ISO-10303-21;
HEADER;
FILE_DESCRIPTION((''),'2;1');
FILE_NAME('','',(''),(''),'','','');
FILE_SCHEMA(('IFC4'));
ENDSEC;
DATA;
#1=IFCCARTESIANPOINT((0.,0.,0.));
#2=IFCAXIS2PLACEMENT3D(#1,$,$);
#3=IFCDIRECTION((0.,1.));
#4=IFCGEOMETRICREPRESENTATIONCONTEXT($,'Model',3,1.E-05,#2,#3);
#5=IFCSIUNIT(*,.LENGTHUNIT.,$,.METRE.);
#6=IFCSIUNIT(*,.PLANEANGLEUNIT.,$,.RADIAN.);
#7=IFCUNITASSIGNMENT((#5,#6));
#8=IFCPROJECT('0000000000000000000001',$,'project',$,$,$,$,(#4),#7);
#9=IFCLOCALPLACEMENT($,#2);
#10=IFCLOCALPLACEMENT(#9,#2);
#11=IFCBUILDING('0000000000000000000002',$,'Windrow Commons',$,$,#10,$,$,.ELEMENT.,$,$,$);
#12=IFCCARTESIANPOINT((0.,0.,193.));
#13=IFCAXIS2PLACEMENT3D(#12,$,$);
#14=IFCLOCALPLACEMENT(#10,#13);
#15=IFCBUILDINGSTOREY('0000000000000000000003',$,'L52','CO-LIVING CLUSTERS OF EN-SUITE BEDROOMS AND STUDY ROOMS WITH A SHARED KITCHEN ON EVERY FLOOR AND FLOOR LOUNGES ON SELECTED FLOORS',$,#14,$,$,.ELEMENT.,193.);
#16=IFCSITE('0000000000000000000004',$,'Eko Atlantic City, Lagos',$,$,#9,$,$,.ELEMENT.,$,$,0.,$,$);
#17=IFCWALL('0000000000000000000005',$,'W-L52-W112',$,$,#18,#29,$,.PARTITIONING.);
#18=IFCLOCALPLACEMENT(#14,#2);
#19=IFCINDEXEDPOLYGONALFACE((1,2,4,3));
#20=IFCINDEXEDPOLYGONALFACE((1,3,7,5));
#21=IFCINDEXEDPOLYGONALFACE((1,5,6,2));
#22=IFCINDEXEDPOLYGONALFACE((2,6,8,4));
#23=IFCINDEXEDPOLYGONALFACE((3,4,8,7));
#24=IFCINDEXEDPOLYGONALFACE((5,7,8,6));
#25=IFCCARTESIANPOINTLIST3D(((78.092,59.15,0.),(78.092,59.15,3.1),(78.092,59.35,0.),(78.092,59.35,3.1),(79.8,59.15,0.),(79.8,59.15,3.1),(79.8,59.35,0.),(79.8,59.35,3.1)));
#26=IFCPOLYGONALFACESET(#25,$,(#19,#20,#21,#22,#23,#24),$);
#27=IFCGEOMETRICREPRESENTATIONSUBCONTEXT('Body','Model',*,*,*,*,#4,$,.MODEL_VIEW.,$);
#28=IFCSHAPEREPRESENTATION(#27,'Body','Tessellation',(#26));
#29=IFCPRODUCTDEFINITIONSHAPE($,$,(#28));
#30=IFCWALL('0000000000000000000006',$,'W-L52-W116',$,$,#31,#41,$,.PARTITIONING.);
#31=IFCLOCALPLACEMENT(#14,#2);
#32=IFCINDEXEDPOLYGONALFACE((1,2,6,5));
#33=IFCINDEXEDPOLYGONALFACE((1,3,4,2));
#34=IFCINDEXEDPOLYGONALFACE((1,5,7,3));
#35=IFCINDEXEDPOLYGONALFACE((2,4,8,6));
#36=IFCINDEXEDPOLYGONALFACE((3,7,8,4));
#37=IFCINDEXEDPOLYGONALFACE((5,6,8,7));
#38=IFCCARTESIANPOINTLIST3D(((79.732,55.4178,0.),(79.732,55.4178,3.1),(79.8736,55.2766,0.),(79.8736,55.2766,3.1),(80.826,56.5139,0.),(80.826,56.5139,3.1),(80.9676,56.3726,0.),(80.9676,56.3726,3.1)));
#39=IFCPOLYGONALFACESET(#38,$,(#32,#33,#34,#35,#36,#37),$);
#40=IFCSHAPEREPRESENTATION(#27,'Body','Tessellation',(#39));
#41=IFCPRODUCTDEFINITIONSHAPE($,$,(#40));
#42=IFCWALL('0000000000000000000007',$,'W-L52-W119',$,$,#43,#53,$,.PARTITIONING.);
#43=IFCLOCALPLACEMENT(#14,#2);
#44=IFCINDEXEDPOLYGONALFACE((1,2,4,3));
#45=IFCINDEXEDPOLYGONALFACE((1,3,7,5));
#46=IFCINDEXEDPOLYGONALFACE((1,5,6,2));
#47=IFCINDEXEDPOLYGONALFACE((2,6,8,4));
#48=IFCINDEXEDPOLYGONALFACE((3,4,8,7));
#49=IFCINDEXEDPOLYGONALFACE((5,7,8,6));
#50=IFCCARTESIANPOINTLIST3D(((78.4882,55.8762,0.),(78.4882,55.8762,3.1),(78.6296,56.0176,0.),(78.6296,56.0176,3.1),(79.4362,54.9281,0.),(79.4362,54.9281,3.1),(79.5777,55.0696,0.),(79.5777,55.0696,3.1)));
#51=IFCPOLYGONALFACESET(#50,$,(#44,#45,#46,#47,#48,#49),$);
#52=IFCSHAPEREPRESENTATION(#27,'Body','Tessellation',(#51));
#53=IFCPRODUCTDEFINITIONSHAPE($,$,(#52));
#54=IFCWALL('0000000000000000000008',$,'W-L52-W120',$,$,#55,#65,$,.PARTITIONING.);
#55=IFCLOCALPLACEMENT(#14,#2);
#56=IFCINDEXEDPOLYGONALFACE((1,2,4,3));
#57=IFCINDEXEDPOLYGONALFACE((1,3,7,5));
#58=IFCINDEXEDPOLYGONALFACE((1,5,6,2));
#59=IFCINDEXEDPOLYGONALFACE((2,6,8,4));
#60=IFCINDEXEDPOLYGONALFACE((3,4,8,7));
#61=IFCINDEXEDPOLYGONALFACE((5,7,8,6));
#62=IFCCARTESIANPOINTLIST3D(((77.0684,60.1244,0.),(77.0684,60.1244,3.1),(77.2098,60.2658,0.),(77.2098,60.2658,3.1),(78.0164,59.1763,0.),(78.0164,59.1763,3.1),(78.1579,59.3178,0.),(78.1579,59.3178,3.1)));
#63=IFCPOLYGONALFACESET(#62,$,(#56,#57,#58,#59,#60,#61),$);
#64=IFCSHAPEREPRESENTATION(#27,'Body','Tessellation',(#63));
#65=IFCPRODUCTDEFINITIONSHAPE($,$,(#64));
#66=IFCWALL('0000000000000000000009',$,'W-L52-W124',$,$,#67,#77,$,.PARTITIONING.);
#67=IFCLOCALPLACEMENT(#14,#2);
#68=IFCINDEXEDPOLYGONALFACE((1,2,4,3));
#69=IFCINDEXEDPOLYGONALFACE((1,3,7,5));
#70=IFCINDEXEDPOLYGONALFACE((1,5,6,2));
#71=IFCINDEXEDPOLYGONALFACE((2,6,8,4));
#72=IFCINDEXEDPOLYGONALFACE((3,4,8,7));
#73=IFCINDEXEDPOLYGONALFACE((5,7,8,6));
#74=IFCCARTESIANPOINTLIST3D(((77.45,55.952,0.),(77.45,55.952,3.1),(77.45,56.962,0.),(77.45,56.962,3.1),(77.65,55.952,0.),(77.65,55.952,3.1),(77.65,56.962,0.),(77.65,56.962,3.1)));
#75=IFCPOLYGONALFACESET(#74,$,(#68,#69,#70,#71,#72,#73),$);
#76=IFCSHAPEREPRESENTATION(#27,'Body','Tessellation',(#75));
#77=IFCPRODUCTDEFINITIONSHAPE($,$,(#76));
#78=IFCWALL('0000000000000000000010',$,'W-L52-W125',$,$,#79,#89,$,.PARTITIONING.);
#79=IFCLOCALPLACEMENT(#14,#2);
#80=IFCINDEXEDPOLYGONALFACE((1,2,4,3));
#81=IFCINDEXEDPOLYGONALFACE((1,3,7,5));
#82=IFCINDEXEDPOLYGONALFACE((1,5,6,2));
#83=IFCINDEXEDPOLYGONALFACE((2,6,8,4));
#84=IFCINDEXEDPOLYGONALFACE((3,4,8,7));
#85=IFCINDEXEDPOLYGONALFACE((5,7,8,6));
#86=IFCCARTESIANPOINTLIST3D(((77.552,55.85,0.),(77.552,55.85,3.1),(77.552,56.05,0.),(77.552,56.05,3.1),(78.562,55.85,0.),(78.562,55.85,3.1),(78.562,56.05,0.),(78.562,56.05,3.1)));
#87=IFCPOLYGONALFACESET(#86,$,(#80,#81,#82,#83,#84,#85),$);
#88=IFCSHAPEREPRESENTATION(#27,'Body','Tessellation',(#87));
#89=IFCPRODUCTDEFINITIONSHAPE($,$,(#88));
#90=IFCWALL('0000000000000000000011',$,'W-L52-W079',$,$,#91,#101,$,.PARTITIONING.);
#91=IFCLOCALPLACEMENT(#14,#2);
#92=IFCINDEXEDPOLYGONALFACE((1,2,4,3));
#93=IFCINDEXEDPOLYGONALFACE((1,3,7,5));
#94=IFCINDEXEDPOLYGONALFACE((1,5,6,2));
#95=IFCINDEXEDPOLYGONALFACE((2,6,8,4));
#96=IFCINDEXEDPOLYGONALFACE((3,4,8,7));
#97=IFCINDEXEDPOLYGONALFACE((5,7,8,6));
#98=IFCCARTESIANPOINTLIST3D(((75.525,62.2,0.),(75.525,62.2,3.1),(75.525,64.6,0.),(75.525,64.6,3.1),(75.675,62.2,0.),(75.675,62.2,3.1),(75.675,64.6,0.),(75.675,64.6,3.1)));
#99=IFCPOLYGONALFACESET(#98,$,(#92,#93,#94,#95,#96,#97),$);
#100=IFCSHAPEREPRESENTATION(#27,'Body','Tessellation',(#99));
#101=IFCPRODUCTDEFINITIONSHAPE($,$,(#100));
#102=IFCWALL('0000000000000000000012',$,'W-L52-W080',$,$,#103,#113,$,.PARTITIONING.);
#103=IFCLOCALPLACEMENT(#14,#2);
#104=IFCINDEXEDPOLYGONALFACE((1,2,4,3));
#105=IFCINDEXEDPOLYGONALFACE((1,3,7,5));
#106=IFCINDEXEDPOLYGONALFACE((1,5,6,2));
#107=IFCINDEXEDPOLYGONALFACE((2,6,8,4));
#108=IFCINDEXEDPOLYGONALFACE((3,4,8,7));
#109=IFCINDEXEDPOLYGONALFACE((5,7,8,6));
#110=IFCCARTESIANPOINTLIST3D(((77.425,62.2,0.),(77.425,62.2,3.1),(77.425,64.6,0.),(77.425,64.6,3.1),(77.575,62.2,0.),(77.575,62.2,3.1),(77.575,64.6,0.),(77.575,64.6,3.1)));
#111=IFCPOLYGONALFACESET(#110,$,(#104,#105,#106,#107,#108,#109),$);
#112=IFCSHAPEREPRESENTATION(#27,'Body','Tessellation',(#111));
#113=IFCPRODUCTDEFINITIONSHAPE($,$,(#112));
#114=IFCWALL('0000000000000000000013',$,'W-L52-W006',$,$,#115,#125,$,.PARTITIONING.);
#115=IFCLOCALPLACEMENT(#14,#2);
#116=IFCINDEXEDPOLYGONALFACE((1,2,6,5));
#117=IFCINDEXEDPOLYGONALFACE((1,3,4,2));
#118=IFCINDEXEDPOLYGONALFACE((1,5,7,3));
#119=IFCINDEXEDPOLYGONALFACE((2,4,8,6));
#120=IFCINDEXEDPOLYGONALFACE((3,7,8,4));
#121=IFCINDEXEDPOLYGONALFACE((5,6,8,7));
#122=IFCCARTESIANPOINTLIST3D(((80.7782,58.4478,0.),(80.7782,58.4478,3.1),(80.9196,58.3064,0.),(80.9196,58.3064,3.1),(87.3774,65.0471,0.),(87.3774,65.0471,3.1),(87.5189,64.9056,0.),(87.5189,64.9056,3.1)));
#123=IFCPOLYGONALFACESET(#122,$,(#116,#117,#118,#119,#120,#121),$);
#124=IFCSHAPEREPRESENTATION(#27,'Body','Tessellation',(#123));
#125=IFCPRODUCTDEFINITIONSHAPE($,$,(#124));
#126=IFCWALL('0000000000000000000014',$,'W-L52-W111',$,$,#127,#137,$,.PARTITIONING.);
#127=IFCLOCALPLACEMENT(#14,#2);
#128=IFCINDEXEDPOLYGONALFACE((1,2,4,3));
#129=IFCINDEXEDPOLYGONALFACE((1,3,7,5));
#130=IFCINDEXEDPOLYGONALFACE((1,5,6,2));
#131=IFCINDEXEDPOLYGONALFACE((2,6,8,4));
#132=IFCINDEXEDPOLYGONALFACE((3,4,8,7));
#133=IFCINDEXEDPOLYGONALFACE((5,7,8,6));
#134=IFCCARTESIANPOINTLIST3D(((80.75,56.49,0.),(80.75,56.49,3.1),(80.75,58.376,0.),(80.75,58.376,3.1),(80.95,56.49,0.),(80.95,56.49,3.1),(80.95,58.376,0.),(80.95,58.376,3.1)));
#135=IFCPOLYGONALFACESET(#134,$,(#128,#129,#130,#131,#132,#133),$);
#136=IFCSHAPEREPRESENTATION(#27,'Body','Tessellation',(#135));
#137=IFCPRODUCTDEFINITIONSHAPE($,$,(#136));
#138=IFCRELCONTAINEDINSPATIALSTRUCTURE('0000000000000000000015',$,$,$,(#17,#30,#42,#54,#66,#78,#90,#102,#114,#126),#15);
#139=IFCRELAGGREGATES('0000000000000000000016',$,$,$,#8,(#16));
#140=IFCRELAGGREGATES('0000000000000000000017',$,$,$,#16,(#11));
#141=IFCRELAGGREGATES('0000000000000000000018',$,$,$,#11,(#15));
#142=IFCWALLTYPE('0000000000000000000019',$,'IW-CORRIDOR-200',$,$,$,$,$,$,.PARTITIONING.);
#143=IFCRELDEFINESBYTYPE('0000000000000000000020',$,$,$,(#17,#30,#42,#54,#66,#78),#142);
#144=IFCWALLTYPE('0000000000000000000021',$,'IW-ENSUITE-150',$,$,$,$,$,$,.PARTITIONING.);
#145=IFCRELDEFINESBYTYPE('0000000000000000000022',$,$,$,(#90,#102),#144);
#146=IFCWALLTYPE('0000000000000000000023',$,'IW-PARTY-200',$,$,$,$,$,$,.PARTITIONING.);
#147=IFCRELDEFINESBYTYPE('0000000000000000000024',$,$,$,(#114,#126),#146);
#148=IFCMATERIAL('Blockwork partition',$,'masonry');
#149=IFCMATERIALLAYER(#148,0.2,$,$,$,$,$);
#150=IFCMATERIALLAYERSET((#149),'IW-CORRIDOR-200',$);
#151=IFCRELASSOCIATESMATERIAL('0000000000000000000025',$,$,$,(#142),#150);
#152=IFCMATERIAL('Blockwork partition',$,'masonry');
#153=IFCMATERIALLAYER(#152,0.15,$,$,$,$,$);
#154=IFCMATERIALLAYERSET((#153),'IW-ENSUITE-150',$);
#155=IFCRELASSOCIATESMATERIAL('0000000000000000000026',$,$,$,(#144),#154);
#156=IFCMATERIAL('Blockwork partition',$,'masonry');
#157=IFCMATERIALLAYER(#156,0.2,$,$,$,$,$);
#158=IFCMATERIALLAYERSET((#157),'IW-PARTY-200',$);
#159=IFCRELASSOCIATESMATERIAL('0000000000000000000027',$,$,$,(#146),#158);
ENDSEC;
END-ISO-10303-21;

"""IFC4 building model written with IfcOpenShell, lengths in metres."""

from ifc_helpers import new_model, si_unit, direction, frame, frame_2d, origin, place, context, subcontext, project, spatial, rectangle, extrude, material, layer, layer_set, type_object, element, save


model = new_model("IFC4")

# Units and contexts
model_context = context("Model", 3, precision=1e-05, world=origin(), true_north=direction((0.0, 1.0)))
body_context = subcontext(model_context, "Body", "Model", "MODEL_VIEW")
ifc_project = project(units=[si_unit("LENGTHUNIT", "METRE"), si_unit("PLANEANGLEUNIT", "RADIAN")], contexts=[model_context])

# Site, building, storey
site_placement = place(None, origin())
site = spatial("IfcSite", under=ifc_project, at=site_placement, Name="Eko Atlantic City, Lagos", CompositionType="ELEMENT", RefElevation=0.0)
building_placement = place(site_placement, origin())
building = spatial("IfcBuilding", under=site, at=building_placement, Name="Windrow Commons", CompositionType="ELEMENT")
storey_placement = place(building_placement, frame((0.0, 0.0, 193.0)))
storey = spatial("IfcBuildingStorey", under=building, at=storey_placement, Name="L52", Description="CO-LIVING CLUSTERS OF EN-SUITE BEDROOMS AND STUDY ROOMS WITH A SHARED KITCHEN ON EVERY FLOOR AND FLOOR LOUNGES ON SELECTED FLOORS", CompositionType="ELEMENT", Elevation=193.0)

# Shared definitions
ifc_material_1 = material(Name="Blockwork partition", Category="masonry")
ifc_layer_1 = layer(ifc_material_1, 0.2)
ifc_layer_set_1 = layer_set([ifc_layer_1], Name="IW-CORRIDOR-200")
wall_type_1 = type_object("IfcWallType", Name="IW-CORRIDOR-200", PredefinedType="PARTITIONING", material=ifc_layer_set_1)

# Walls
wall_1_placement = place(storey_placement, frame((78.092, 59.25, 0.0), z_axis=(0.0, 0.0, 1.0), x_axis=(1.0, 0.0, 0.0)))
element("IfcWall", 1, at=wall_1_placement, inside=storey, type_object=wall_type_1, Name="W-L52-W112", PredefinedType="PARTITIONING", context=body_context, shape_type="SweptSolid", body=[
    extrude(rectangle(XDim=1.708, YDim=0.2, at=frame_2d((0.854, 0.0))), origin(), (0.0, 0.0, 1.0), 3.1),
])
wall_2_placement = place(storey_placement, frame((79.8028, 55.3472, 0.0), z_axis=(0.0, 0.0, 1.0), x_axis=(0.706461, 0.707752, 0.0)))
element("IfcWall", 2, at=wall_2_placement, inside=storey, type_object=wall_type_1, Name="W-L52-W116", PredefinedType="PARTITIONING", context=body_context, shape_type="SweptSolid", body=[
    extrude(rectangle(XDim=1.5486, YDim=0.2, at=frame_2d((0.7743, 0.0))), origin(), (0.0, 0.0, 1.0), 3.1),
])
for number, where, z_axis, x_axis, name in (
    (3, (78.5589, 55.9469, 0.0), (0.0, 0.0, 1.0), (0.707107, -0.707107, 0.0), "W-L52-W119"),
    (4, (77.1391, 60.1951, 0.0), (0.0, 0.0, 1.0), (0.707107, -0.707107, 0.0), "W-L52-W120"),
):
    element("IfcWall", number, at=place(storey_placement, frame(where, z_axis=z_axis, x_axis=x_axis)), inside=storey, type_object=wall_type_1, Name=name, PredefinedType="PARTITIONING", context=body_context, shape_type="SweptSolid", body=[
        extrude(rectangle(XDim=1.3407, YDim=0.2, at=frame_2d((0.6704, 0.0))), origin(), (0.0, 0.0, 1.0), 3.1),
    ])
for number, where, z_axis, x_axis, name in (
    (5, (77.55, 55.952, 0.0), (0.0, 0.0, 1.0), (0.0, 1.0, 0.0), "W-L52-W124"),
    (6, (77.552, 55.95, 0.0), (0.0, 0.0, 1.0), (1.0, 0.0, 0.0), "W-L52-W125"),
):
    element("IfcWall", number, at=place(storey_placement, frame(where, z_axis=z_axis, x_axis=x_axis)), inside=storey, type_object=wall_type_1, Name=name, PredefinedType="PARTITIONING", context=body_context, shape_type="SweptSolid", body=[
        extrude(rectangle(XDim=1.01, YDim=0.2, at=frame_2d((0.505, 0.0))), origin(), (0.0, 0.0, 1.0), 3.1),
    ])
ifc_material_2 = material(Name="Blockwork partition", Category="masonry")
ifc_layer_2 = layer(ifc_material_2, 0.15)
ifc_layer_set_2 = layer_set([ifc_layer_2], Name="IW-ENSUITE-150")
wall_type_2 = type_object("IfcWallType", Name="IW-ENSUITE-150", PredefinedType="PARTITIONING", material=ifc_layer_set_2)
for number, where, z_axis, x_axis, name in (
    (7, (75.6, 62.2, 0.0), (0.0, 0.0, 1.0), (0.0, 1.0, 0.0), "W-L52-W079"),
    (8, (77.5, 62.2, 0.0), (0.0, 0.0, 1.0), (0.0, 1.0, 0.0), "W-L52-W080"),
):
    element("IfcWall", number, at=place(storey_placement, frame(where, z_axis=z_axis, x_axis=x_axis)), inside=storey, type_object=wall_type_2, Name=name, PredefinedType="PARTITIONING", context=body_context, shape_type="SweptSolid", body=[
        extrude(rectangle(XDim=2.4, YDim=0.15, at=frame_2d((1.2, 0.0))), origin(), (0.0, 0.0, 1.0), 3.1),
    ])
ifc_material_3 = material(Name="Blockwork partition", Category="masonry")
ifc_layer_3 = layer(ifc_material_3, 0.2)
ifc_layer_set_3 = layer_set([ifc_layer_3], Name="IW-PARTY-200")
wall_type_3 = type_object("IfcWallType", Name="IW-PARTY-200", PredefinedType="PARTITIONING", material=ifc_layer_set_3)
wall_3_placement = place(storey_placement, frame((80.8489, 58.3771, 0.0), z_axis=(0.0, 0.0, 1.0), x_axis=(0.707107, 0.707107, 0.0)))
element("IfcWall", 9, at=wall_3_placement, inside=storey, type_object=wall_type_3, Name="W-L52-W006", PredefinedType="PARTITIONING", context=body_context, shape_type="SweptSolid", body=[
    extrude(rectangle(XDim=9.3327, YDim=0.2, at=frame_2d((4.6664, 0.0))), origin(), (0.0, 0.0, 1.0), 3.1),
])
wall_4_placement = place(storey_placement, frame((80.85, 56.49, 0.0), z_axis=(0.0, 0.0, 1.0), x_axis=(0.0, 1.0, 0.0)))
element("IfcWall", 10, at=wall_4_placement, inside=storey, type_object=wall_type_3, Name="W-L52-W111", PredefinedType="PARTITIONING", context=body_context, shape_type="SweptSolid", body=[
    extrude(rectangle(XDim=1.886, YDim=0.2, at=frame_2d((0.943, 0.0))), origin(), (0.0, 0.0, 1.0), 3.1),
])

save(model, "model.ifc")
